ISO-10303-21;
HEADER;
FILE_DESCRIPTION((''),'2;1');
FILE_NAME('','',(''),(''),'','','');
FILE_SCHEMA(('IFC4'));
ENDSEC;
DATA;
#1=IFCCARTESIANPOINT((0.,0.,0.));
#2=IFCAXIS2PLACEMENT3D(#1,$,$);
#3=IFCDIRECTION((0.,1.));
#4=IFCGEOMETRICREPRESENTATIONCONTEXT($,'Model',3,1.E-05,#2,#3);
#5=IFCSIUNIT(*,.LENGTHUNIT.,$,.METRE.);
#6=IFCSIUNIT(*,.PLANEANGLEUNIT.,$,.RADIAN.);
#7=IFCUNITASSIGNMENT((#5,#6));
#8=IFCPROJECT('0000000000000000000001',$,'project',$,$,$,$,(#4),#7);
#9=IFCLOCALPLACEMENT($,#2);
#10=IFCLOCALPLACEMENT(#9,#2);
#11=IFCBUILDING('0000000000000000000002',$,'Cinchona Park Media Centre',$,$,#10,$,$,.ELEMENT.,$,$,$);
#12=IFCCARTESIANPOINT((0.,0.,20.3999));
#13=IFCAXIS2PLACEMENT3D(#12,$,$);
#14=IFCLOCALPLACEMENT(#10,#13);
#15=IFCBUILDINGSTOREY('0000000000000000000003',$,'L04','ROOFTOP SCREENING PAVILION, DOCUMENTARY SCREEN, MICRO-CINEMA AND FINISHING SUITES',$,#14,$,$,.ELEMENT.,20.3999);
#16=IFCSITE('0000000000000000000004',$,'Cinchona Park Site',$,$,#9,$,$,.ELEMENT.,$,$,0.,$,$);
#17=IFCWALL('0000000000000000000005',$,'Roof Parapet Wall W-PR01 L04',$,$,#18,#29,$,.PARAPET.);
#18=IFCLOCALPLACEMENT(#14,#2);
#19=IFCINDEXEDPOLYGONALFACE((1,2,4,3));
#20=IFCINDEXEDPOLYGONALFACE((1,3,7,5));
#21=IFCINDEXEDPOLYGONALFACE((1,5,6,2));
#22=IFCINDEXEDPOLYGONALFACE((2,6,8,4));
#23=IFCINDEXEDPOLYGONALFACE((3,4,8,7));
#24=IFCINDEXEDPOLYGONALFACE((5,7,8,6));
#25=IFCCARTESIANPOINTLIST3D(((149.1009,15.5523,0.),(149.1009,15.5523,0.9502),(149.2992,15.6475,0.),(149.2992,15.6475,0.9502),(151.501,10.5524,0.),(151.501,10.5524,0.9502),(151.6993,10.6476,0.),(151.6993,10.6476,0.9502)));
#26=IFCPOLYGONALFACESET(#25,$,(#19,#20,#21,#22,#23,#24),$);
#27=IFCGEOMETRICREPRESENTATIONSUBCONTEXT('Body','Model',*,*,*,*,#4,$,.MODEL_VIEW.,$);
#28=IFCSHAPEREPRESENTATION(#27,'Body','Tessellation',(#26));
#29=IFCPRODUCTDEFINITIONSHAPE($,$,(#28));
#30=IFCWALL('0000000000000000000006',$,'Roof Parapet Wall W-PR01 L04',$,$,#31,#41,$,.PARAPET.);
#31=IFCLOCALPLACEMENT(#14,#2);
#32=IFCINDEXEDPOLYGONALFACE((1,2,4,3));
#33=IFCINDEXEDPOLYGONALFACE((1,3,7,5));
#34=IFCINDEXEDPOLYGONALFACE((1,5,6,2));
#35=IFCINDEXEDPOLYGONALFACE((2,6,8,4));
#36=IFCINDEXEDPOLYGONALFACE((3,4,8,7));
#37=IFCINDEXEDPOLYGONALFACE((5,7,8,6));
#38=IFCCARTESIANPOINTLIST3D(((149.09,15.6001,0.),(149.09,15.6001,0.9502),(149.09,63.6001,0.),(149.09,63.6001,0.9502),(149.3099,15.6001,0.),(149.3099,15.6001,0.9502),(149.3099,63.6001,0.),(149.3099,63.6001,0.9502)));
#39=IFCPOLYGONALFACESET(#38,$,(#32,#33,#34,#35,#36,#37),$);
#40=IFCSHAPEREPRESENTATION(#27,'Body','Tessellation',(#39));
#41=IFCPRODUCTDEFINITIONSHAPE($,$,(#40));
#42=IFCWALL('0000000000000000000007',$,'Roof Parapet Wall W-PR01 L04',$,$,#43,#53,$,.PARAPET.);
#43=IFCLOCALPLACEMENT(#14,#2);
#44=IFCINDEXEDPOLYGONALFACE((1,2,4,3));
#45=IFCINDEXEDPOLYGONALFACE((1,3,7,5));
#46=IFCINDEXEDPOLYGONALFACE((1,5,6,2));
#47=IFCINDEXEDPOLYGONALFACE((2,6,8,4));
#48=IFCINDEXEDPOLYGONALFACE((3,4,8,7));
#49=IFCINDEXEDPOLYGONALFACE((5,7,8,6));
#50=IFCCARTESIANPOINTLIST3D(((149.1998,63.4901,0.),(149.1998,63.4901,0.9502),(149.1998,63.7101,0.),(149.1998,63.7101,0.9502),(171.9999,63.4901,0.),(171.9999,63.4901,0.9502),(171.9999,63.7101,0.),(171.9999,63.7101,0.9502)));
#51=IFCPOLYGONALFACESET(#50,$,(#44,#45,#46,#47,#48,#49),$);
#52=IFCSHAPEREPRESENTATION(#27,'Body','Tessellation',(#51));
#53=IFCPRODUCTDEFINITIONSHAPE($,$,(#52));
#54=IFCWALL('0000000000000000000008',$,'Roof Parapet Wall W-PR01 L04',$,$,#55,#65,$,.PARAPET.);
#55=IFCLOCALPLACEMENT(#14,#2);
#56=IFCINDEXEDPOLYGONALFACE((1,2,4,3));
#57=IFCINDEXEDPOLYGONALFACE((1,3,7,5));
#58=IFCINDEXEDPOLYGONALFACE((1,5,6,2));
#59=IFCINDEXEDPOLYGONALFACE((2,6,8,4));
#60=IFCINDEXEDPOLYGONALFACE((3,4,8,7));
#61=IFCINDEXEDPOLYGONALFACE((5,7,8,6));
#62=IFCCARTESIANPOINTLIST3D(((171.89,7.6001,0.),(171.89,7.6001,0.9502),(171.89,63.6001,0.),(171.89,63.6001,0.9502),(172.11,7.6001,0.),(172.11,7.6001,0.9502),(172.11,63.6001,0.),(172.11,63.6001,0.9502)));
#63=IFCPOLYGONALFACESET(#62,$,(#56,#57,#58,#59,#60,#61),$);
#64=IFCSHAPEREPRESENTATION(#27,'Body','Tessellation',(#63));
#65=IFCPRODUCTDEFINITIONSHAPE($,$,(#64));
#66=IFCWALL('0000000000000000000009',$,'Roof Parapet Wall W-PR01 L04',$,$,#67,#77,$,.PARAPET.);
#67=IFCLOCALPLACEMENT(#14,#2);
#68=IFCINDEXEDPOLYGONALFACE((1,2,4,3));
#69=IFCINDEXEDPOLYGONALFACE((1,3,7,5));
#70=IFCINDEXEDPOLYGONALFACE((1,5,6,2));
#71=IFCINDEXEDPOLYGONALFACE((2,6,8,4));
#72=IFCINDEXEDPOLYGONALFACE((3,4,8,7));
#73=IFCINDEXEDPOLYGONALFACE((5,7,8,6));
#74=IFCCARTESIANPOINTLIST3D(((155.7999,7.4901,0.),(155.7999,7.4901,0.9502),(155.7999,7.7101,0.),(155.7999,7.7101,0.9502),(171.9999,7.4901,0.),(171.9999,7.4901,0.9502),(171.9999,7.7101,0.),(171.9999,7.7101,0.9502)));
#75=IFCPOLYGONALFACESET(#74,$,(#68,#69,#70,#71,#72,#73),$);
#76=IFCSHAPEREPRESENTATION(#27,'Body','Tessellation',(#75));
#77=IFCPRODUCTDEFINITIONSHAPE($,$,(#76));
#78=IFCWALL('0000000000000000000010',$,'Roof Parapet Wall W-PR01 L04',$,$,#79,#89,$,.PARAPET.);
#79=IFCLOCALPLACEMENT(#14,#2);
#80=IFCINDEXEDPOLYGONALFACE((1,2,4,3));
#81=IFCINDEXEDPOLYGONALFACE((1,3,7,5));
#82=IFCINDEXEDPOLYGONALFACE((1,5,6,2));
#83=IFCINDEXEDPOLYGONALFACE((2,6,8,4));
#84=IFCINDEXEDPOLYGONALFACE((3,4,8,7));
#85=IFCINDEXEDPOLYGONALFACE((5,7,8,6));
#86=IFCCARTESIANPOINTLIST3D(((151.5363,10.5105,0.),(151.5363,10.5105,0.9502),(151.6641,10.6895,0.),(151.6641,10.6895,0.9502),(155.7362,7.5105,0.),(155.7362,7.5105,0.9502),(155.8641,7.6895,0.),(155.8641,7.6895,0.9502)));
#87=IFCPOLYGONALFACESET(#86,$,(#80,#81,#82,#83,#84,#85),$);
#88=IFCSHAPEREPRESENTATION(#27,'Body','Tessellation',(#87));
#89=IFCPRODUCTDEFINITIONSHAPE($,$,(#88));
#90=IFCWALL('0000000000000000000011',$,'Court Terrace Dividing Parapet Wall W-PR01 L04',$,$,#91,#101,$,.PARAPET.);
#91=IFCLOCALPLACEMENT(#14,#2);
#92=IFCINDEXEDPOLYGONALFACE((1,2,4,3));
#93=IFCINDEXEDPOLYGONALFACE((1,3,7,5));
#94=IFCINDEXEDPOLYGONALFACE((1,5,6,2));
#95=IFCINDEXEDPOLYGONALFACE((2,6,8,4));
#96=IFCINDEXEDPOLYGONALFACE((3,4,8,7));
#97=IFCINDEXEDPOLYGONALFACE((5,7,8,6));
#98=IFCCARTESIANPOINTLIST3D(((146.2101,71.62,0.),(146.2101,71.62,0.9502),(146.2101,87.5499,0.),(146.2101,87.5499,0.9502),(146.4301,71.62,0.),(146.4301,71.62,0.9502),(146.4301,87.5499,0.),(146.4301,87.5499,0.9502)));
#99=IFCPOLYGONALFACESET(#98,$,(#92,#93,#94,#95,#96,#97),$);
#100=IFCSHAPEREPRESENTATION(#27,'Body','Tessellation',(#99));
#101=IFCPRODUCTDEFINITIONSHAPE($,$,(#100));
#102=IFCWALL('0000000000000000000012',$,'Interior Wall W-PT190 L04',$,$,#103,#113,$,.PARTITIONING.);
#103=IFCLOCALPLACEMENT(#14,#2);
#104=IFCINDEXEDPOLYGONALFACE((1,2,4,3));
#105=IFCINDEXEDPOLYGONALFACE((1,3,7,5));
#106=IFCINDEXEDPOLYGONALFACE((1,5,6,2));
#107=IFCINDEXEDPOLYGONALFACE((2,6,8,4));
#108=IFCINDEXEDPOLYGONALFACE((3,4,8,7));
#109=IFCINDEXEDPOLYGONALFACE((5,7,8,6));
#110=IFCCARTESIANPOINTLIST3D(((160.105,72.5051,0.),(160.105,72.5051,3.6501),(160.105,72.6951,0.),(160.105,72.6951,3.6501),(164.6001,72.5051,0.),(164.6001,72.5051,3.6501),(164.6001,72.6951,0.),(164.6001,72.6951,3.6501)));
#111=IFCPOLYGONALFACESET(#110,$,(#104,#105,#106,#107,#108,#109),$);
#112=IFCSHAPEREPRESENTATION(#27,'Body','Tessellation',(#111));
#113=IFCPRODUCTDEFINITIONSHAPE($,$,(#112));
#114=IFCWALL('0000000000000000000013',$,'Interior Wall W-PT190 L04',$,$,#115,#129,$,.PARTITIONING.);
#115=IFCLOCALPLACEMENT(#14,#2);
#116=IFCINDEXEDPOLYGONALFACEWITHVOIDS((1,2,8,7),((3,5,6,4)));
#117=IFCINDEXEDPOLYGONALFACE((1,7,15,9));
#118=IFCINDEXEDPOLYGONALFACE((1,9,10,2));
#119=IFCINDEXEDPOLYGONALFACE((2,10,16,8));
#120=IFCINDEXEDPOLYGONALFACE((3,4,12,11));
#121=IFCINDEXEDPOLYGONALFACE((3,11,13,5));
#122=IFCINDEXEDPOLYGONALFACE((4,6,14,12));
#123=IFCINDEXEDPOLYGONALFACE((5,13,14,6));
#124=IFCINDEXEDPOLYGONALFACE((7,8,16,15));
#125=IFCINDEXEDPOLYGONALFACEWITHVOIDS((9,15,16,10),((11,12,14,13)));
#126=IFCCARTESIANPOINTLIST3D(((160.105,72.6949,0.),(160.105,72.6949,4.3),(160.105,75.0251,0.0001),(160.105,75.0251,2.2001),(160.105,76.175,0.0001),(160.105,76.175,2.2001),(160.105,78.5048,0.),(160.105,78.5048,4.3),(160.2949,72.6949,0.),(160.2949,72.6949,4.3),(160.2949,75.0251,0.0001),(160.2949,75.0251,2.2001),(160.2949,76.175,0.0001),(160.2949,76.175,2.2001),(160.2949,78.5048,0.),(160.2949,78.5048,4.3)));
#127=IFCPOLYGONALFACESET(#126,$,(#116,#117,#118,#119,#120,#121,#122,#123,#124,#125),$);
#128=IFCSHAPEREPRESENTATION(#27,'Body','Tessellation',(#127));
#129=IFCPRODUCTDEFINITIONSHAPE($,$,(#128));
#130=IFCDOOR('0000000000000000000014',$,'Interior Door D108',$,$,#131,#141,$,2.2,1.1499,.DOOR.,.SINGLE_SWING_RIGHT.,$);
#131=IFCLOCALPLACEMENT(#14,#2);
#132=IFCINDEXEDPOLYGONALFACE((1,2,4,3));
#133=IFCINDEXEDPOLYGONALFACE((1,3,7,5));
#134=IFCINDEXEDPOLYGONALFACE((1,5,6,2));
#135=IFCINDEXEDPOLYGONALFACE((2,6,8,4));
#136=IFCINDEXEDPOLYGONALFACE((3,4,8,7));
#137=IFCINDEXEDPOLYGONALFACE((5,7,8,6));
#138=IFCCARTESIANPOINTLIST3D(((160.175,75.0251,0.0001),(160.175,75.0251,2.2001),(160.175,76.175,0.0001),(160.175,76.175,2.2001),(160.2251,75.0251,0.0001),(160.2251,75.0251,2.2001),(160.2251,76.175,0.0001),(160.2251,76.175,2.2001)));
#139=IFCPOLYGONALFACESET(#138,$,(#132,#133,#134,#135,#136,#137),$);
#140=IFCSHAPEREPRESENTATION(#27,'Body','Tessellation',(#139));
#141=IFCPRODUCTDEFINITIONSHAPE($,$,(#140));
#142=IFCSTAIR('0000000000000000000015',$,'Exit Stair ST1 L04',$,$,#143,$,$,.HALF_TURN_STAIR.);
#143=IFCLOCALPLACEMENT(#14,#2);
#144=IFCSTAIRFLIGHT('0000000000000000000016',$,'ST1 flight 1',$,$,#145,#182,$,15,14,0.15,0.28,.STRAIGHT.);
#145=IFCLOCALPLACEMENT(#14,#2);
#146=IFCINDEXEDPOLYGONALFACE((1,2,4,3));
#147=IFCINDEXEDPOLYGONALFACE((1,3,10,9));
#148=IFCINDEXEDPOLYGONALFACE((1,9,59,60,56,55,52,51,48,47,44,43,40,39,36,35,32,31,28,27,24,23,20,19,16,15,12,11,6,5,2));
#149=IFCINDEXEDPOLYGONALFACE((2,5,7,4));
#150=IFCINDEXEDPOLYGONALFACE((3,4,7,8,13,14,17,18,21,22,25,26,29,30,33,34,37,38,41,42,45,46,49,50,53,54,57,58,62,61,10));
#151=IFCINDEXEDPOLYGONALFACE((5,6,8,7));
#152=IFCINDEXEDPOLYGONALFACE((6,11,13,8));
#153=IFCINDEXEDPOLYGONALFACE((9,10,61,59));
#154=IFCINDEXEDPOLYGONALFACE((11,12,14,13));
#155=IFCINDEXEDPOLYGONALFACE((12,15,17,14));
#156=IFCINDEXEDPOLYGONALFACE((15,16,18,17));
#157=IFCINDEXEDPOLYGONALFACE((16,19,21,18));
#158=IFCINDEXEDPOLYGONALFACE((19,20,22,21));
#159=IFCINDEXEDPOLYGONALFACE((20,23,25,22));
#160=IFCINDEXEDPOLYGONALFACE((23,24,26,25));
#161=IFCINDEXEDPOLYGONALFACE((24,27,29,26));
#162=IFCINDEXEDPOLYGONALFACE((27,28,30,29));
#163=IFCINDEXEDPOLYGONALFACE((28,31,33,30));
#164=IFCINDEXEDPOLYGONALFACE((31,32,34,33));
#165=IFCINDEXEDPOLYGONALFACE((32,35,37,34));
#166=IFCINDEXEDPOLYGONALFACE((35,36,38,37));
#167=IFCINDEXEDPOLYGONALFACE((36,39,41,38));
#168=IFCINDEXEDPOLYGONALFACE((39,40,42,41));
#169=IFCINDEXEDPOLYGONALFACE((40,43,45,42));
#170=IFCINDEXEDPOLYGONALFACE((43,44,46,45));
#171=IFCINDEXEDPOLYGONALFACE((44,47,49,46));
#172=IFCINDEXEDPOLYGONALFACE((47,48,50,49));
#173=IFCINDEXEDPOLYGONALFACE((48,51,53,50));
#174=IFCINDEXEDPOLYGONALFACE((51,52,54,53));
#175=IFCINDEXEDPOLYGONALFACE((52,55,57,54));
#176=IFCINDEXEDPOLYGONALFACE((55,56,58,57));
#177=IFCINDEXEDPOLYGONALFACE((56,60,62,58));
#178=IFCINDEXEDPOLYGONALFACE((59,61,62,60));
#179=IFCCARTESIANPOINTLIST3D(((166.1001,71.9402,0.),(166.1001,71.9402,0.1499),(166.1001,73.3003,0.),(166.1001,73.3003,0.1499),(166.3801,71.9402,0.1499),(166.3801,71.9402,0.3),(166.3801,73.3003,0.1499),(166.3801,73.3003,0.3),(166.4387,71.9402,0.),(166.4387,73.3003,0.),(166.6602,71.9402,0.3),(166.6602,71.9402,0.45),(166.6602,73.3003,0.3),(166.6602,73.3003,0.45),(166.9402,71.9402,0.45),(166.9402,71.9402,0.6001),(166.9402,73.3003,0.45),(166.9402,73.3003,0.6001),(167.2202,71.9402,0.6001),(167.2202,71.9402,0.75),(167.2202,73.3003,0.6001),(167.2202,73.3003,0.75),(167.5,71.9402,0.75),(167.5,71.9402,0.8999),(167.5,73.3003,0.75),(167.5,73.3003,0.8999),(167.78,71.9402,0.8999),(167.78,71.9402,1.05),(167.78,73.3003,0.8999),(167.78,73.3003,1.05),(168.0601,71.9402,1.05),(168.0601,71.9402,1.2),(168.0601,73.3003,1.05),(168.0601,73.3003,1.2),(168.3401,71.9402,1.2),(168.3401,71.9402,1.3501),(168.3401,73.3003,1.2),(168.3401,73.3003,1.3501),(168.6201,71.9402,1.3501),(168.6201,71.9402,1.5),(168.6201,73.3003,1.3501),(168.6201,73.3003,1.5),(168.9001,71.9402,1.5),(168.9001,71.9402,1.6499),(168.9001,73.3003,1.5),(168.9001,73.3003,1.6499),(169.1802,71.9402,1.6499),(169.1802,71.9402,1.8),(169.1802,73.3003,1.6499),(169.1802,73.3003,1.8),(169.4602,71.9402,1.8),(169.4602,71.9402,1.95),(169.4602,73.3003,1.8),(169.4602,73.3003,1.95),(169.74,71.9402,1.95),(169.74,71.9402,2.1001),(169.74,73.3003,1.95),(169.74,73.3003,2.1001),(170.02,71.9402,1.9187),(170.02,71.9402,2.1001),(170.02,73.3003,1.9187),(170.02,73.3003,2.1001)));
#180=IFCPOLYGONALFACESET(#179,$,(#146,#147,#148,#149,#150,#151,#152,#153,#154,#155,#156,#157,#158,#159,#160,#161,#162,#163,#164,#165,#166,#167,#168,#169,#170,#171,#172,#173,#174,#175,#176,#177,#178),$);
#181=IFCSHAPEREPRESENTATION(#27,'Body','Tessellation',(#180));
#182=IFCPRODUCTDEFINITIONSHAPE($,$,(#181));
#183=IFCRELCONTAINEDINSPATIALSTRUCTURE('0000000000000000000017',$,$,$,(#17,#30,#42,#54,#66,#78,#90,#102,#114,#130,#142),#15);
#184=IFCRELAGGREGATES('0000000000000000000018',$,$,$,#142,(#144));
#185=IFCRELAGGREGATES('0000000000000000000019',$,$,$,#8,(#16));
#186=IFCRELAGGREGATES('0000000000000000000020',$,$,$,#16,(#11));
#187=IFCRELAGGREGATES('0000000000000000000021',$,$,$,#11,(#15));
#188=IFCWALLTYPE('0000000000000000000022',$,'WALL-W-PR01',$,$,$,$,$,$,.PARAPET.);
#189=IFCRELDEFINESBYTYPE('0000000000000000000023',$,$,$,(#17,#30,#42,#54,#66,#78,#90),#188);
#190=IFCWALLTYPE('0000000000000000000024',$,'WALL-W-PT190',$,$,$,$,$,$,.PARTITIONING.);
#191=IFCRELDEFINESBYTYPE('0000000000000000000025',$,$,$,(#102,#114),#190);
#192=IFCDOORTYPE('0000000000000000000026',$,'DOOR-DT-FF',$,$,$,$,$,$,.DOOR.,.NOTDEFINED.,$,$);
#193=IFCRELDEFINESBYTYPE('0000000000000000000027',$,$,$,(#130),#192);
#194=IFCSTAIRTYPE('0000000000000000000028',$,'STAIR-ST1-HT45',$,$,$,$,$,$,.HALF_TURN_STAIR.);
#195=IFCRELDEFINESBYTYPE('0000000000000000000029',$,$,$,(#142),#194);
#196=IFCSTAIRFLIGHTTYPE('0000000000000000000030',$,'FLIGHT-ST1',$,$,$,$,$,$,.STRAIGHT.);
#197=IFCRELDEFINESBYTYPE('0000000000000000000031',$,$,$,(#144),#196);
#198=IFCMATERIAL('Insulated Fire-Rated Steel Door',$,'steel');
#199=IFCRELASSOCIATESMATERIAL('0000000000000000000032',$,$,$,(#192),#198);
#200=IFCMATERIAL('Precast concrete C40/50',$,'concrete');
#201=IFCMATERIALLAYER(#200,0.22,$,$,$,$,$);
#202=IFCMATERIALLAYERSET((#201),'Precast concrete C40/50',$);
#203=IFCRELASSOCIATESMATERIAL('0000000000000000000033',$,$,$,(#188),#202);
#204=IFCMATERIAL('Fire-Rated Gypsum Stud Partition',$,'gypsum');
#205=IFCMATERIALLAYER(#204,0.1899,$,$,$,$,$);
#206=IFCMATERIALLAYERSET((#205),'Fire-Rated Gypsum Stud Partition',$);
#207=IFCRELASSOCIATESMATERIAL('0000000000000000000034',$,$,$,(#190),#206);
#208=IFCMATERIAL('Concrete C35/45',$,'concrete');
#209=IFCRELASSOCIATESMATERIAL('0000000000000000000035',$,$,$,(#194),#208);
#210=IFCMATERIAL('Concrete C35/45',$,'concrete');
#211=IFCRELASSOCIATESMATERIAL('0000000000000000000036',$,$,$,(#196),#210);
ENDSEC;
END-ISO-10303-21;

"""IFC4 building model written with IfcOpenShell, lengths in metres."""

from ifc_helpers import new_model, si_unit, direction, frame, frame_2d, origin, place, context, subcontext, project, spatial, polyline, rectangle, outline, extrude, material, layer, layer_set, type_object, element, fill, aggregate, save


model = new_model("IFC4")

# Units and contexts
model_context = context("Model", 3, precision=1e-05, world=origin(), true_north=direction((0.0, 1.0)))
body_context = subcontext(model_context, "Body", "Model", "MODEL_VIEW")
ifc_project = project(units=[si_unit("LENGTHUNIT", "METRE"), si_unit("PLANEANGLEUNIT", "RADIAN")], contexts=[model_context])

# Site, building, storey
site_placement = place(None, origin())
site = spatial("IfcSite", under=ifc_project, at=site_placement, Name="Cinchona Park Site", CompositionType="ELEMENT", RefElevation=0.0)
building_placement = place(site_placement, origin())
building = spatial("IfcBuilding", under=site, at=building_placement, Name="Cinchona Park Media Centre", CompositionType="ELEMENT")
storey_placement = place(building_placement, frame((0.0, 0.0, 20.3999)))
storey = spatial("IfcBuildingStorey", under=building, at=storey_placement, Name="L04", Description="ROOFTOP SCREENING PAVILION, DOCUMENTARY SCREEN, MICRO-CINEMA AND FINISHING SUITES", CompositionType="ELEMENT", Elevation=20.3999)

# Shared definitions
ifc_material_1 = material(Name="Insulated Fire-Rated Steel Door", Category="steel")
door_type_1 = type_object("IfcDoorType", Name="DOOR-DT-FF", OperationType="NOTDEFINED", PredefinedType="DOOR", material=ifc_material_1)

# Walls
ifc_material_2 = material(Name="Precast concrete C40/50", Category="concrete")
ifc_layer_1 = layer(ifc_material_2, 0.22)
ifc_layer_set_1 = layer_set([ifc_layer_1], Name="Precast concrete C40/50")
wall_type_1 = type_object("IfcWallType", Name="WALL-W-PR01", PredefinedType="PARAPET", material=ifc_layer_set_1)
wall_1_placement = place(storey_placement, frame((151.6001, 10.6001, 0.0), z_axis=(0.0, 0.0, 1.0), x_axis=(-0.432753, 0.901513, 0.0)))
element("IfcWall", 1, at=wall_1_placement, inside=storey, type_object=wall_type_1, Name="Roof Parapet Wall W-PR01 L04", PredefinedType="PARAPET", context=body_context, shape_type="SweptSolid", body=[
    extrude(rectangle(XDim=5.5461, YDim=0.22, at=frame_2d((2.7729, 0.0))), origin(), (0.0, 0.0, 1.0), 0.9502),
])
wall_2_placement = place(storey_placement, frame((149.2, 15.6001, 0.0), z_axis=(0.0, 0.0, 1.0), x_axis=(0.0, 1.0, 0.0)))
element("IfcWall", 2, at=wall_2_placement, inside=storey, type_object=wall_type_1, Name="Roof Parapet Wall W-PR01 L04", PredefinedType="PARAPET", context=body_context, shape_type="SweptSolid", body=[
    extrude(rectangle(XDim=48.0, YDim=0.22, at=frame_2d((24.0, 0.0))), origin(), (0.0, 0.0, 1.0), 0.9502),
])
wall_3_placement = place(storey_placement, frame((149.2, 63.6001, 0.0), z_axis=(0.0, 0.0, 1.0), x_axis=(1.0, 0.0, 0.0)))
element("IfcWall", 3, at=wall_3_placement, inside=storey, type_object=wall_type_1, Name="Roof Parapet Wall W-PR01 L04", PredefinedType="PARAPET", context=body_context, shape_type="SweptSolid", body=[
    extrude(rectangle(XDim=22.8, YDim=0.22, at=frame_2d((11.3999, 0.0))), origin(), (0.0, 0.0, 1.0), 0.9502),
])
wall_4_placement = place(storey_placement, frame((172.0, 63.6001, 0.0), z_axis=(0.0, 0.0, 1.0), x_axis=(0.0, -1.0, 0.0)))
element("IfcWall", 4, at=wall_4_placement, inside=storey, type_object=wall_type_1, Name="Roof Parapet Wall W-PR01 L04", PredefinedType="PARAPET", context=body_context, shape_type="SweptSolid", body=[
    extrude(rectangle(XDim=56.0, YDim=0.22, at=frame_2d((28.0, 0.0))), origin(), (0.0, 0.0, 1.0), 0.9502),
])
wall_5_placement = place(storey_placement, frame((172.0, 7.6001, 0.0), z_axis=(0.0, 0.0, 1.0), x_axis=(-1.0, 0.0, 0.0)))
element("IfcWall", 5, at=wall_5_placement, inside=storey, type_object=wall_type_1, Name="Roof Parapet Wall W-PR01 L04", PredefinedType="PARAPET", context=body_context, shape_type="SweptSolid", body=[
    extrude(rectangle(XDim=16.2, YDim=0.22, at=frame_2d((8.1001, 0.0))), origin(), (0.0, 0.0, 1.0), 0.9502),
])
wall_6_placement = place(storey_placement, frame((155.8, 7.6001, 0.0), z_axis=(0.0, 0.0, 1.0), x_axis=(-0.81373, 0.581243, 0.0)))
element("IfcWall", 6, at=wall_6_placement, inside=storey, type_object=wall_type_1, Name="Roof Parapet Wall W-PR01 L04", PredefinedType="PARAPET", context=body_context, shape_type="SweptSolid", body=[
    extrude(rectangle(XDim=5.1614, YDim=0.22, at=frame_2d((2.5806, 0.0))), origin(), (0.0, 0.0, 1.0), 0.9502),
])
wall_7_placement = place(storey_placement, frame((146.3201, 71.6201, 0.0), z_axis=(0.0, 0.0, 1.0), x_axis=(0.0, 1.0, 0.0)))
element("IfcWall", 7, at=wall_7_placement, inside=storey, type_object=wall_type_1, Name="Court Terrace Dividing Parapet Wall W-PR01 L04", PredefinedType="PARAPET", context=body_context, shape_type="SweptSolid", body=[
    extrude(rectangle(XDim=15.9299, YDim=0.22, at=frame_2d((7.9648, 0.0))), origin(), (0.0, 0.0, 1.0), 0.9502),
])

# Wall
ifc_material_3 = material(Name="Fire-Rated Gypsum Stud Partition", Category="gypsum")
ifc_layer_2 = layer(ifc_material_3, 0.1899)
ifc_layer_set_2 = layer_set([ifc_layer_2], Name="Fire-Rated Gypsum Stud Partition")
wall_type_2 = type_object("IfcWallType", Name="WALL-W-PT190", PredefinedType="PARTITIONING", material=ifc_layer_set_2)
wall_8_placement = place(storey_placement, frame((160.105, 72.6001, 0.0), z_axis=(0.0, 0.0, 1.0), x_axis=(1.0, 0.0, 0.0)))
element("IfcWall", 8, at=wall_8_placement, inside=storey, type_object=wall_type_2, Name="Interior Wall W-PT190 L04", PredefinedType="PARTITIONING", context=body_context, shape_type="SweptSolid", body=[
    extrude(rectangle(XDim=4.4951, YDim=0.1899, at=frame_2d((2.2476, 0.0))), origin(), (0.0, 0.0, 1.0), 3.6501),
])

# Wall, opening, door
wall_9_placement = place(storey_placement, frame((160.2, 72.6951, 0.0), z_axis=(0.0, 0.0, 1.0), x_axis=(0.0, 1.0, 0.0)))
wall_9 = element("IfcWall", 9, at=wall_9_placement, inside=storey, type_object=wall_type_2, Name="Interior Wall W-PT190 L04", PredefinedType="PARTITIONING", context=body_context, shape_type="SweptSolid", body=[
    extrude(rectangle(XDim=5.8098, YDim=0.1899, at=frame_2d((2.9048, 0.0))), origin(), (0.0, 0.0, 1.0), 4.3),
])
opening_1_placement = place(wall_9_placement, frame((2.3301, 0.0, 0.0)))
opening_1 = element("IfcOpeningElement", 10, at=opening_1_placement, cuts=wall_9, PredefinedType="OPENING", context=body_context, shape_type="SweptSolid", body=[
    extrude(rectangle(XDim=1.1499, YDim=2.2, at=frame_2d((0.575, 1.1001))), frame((0.0, 0.105, 0.0), z_axis=(0.0, -1.0, 0.0), x_axis=(1.0, 0.0, 0.0)), (0.0, 0.0, 1.0), 0.21),
])
door_1_placement = place(opening_1_placement, origin())
door_1 = element("IfcDoor", 11, at=door_1_placement, inside=storey, type_object=door_type_1, Name="Interior Door D108", OperationType="SINGLE_SWING_RIGHT", OverallHeight=2.2, OverallWidth=1.1499, PredefinedType="DOOR", context=body_context, shape_type="SweptSolid", body=[
    extrude(rectangle(XDim=1.1499, YDim=2.2, at=frame_2d((0.575, 1.1001))), frame((0.0, 0.0249, 0.0), z_axis=(0.0, -1.0, 0.0), x_axis=(1.0, 0.0, 0.0)), (0.0, 0.0, 1.0), 0.05),
])
fill(opening_1, door_1)

# Stair, stair flight
ifc_material_4 = material(Name="Concrete C35/45", Category="concrete")
stair_type = type_object("IfcStairType", Name="STAIR-ST1-HT45", PredefinedType="HALF_TURN_STAIR", material=ifc_material_4)
stair_placement = place(storey_placement, origin())
stair = element("IfcStair", 12, at=stair_placement, inside=storey, type_object=stair_type, Name="Exit Stair ST1 L04", PredefinedType="HALF_TURN_STAIR")
ifc_material_5 = material(Name="Concrete C35/45", Category="concrete")
stair_flight_type = type_object("IfcStairFlightType", Name="FLIGHT-ST1", PredefinedType="STRAIGHT", material=ifc_material_5)
stair_flight_placement = place(storey_placement, frame((166.1001, 72.6201, 0.0), z_axis=(0.0, 0.0, 1.0), x_axis=(1.0, 0.0, 0.0)))
stair_flight = element("IfcStairFlight", 13, at=stair_flight_placement, type_object=stair_flight_type, Name="ST1 flight 1", NumberOfRisers=15, NumberOfTreads=14, PredefinedType="STRAIGHT", RiserHeight=0.15, TreadLength=0.28, context=body_context, shape_type="SweptSolid", body=[
    extrude(outline(polyline([(0.0, 0.0), (0.0, 0.1499), (0.28, 0.1499), (0.28, 0.3), (0.5601, 0.3), (0.5601, 0.45), (0.8401, 0.45), (0.8401, 0.6001), (1.1201, 0.6001), (1.1201, 0.75), (1.3999, 0.75), (1.3999, 0.8999), (1.6799, 0.8999), (1.6799, 1.05), (1.96, 1.05), (1.96, 1.2), (2.24, 1.2), (2.24, 1.3501), (2.52, 1.3501), (2.52, 1.5), (2.8, 1.5), (2.8, 1.6499), (3.0801, 1.6499), (3.0801, 1.8), (3.3601, 1.8), (3.3601, 1.95), (3.6399, 1.95), (3.6399, 2.1001), (3.9199, 2.1001), (3.9199, 2.25), (3.9199, 1.9187), (0.3386, 0.0), (0.0, 0.0)])), frame((0.0, 0.6802, 0.0), z_axis=(0.0, -1.0, 0.0), x_axis=(1.0, 0.0, 0.0)), (0.0, 0.0, 1.0), 1.3601),
])
aggregate(stair, [stair_flight])

save(model, "model.ifc")
